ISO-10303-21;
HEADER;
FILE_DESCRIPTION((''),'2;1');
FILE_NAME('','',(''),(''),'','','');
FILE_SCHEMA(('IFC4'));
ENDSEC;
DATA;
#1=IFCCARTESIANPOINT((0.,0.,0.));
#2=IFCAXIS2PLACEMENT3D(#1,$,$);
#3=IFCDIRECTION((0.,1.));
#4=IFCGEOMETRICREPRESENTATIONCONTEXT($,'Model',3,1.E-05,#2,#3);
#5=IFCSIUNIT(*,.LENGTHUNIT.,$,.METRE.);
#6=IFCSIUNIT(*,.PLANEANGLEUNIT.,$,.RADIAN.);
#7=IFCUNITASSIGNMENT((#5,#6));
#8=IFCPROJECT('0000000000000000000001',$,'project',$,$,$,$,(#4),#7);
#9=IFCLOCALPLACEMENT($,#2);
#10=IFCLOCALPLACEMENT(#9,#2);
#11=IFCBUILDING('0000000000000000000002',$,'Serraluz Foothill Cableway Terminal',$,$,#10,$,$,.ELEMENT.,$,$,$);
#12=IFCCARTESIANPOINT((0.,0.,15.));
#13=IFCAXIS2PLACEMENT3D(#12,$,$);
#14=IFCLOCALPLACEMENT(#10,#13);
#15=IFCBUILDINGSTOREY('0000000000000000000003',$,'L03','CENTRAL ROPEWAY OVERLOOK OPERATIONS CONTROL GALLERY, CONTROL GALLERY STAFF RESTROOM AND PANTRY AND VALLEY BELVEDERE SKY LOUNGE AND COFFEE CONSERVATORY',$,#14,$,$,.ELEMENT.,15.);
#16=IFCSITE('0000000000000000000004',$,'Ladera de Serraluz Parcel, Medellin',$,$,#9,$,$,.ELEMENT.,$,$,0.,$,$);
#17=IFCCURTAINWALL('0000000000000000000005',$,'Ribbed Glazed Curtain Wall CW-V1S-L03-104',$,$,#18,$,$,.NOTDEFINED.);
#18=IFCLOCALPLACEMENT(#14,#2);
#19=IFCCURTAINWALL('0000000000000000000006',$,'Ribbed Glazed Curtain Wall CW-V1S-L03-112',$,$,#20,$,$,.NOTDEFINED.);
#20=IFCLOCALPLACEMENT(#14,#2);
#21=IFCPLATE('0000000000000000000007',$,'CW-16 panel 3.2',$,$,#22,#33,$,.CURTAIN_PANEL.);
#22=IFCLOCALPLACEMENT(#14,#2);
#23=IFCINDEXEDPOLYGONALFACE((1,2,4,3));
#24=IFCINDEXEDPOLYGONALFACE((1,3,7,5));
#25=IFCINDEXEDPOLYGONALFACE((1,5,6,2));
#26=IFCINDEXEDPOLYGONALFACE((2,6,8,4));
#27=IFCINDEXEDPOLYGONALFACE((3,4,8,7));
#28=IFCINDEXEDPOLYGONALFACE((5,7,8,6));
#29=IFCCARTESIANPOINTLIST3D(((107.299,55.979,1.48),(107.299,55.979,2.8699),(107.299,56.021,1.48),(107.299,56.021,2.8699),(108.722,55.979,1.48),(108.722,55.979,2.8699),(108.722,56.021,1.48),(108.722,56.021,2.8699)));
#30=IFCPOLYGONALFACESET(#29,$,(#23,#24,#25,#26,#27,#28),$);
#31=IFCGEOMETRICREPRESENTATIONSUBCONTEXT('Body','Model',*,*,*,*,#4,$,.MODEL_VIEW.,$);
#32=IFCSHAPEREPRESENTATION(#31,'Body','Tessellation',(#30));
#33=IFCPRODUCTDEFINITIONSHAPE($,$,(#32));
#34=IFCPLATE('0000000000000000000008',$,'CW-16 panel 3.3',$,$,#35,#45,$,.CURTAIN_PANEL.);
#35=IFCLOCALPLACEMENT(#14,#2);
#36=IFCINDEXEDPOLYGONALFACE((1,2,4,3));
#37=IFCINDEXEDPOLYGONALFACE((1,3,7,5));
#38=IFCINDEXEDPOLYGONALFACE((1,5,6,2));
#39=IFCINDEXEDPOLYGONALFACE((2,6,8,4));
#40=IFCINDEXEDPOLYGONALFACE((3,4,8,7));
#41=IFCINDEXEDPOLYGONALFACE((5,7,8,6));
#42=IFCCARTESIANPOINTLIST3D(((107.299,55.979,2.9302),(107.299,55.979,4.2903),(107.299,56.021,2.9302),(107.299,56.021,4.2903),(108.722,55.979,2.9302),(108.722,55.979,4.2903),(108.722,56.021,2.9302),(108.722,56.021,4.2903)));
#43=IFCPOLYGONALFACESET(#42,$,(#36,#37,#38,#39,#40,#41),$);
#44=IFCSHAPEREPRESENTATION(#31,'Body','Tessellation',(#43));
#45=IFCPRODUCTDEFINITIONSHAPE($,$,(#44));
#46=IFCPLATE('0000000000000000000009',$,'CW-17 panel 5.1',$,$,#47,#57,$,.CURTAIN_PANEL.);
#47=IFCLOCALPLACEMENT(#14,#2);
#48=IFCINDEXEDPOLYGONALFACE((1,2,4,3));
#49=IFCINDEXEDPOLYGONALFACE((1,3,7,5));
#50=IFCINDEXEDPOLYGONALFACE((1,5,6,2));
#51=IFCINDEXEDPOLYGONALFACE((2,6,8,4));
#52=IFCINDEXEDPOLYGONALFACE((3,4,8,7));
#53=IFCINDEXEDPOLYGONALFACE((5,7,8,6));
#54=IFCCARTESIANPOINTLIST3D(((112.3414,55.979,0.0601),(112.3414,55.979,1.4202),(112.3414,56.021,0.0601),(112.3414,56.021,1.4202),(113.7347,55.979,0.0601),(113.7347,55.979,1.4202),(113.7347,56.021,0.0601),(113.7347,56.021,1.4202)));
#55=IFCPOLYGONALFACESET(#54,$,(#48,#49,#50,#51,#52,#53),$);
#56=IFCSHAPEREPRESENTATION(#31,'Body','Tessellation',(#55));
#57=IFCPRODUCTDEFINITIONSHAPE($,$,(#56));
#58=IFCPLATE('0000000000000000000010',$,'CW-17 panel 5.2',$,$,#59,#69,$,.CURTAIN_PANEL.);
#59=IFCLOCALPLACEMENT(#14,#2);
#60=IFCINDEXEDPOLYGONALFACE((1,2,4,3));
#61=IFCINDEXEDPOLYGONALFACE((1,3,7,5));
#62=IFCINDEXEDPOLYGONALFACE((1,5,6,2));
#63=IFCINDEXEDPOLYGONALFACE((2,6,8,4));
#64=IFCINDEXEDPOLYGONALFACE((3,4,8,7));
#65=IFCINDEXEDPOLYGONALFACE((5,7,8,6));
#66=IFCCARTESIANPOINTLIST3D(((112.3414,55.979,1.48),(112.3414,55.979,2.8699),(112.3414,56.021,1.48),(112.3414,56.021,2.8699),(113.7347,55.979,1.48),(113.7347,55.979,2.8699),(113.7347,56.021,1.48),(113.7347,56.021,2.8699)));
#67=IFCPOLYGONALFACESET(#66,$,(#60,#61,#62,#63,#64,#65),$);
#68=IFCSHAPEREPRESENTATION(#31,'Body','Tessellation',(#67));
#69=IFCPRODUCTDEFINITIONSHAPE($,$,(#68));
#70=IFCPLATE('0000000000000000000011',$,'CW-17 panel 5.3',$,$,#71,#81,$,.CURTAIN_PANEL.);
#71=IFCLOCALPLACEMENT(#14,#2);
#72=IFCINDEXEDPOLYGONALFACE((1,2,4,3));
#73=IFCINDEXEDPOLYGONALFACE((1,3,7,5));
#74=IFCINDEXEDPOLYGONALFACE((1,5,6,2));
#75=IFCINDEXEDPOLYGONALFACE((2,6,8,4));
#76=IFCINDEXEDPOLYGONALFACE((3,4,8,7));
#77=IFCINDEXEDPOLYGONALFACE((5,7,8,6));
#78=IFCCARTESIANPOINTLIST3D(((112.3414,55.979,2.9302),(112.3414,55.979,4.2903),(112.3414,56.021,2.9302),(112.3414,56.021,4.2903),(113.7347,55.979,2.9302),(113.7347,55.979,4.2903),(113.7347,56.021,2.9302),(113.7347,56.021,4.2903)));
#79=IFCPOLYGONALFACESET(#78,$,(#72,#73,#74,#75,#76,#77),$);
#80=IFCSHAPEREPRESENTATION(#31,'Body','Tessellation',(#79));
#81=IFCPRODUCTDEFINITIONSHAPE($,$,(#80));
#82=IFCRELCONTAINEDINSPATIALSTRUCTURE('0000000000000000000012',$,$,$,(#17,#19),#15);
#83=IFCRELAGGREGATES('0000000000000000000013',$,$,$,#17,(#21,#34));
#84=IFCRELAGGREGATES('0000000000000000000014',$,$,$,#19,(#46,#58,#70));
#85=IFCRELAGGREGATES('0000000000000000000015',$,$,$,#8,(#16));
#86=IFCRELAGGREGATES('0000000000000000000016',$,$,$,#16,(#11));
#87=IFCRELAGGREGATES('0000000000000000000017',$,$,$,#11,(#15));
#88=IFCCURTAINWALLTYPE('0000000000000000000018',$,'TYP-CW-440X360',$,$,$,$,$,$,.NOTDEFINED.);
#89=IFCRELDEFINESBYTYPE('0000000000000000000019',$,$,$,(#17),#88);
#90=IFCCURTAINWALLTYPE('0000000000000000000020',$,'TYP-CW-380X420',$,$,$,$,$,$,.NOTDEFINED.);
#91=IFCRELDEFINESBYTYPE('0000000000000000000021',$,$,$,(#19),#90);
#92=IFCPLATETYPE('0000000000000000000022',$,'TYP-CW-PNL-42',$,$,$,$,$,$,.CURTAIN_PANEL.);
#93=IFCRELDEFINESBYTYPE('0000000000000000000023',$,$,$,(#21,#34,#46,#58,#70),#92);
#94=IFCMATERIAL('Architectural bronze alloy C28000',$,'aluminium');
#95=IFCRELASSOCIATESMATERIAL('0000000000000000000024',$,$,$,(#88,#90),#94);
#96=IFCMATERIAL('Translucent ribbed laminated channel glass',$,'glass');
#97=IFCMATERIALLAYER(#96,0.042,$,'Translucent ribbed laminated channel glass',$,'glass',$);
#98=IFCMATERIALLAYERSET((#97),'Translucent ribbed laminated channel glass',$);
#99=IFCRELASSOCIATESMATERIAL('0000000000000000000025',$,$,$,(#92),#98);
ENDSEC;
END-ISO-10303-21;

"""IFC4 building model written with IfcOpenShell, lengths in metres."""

from ifc_helpers import new_model, si_unit, direction, frame, origin, origin_2d, place, context, subcontext, project, spatial, rectangle, extrude, material, layer, layer_set, type_object, element, aggregate, save


model = new_model("IFC4")

# Units and contexts
model_context = context("Model", 3, precision=1e-05, world=origin(), true_north=direction((0.0, 1.0)))
body_context = subcontext(model_context, "Body", "Model", "MODEL_VIEW")
ifc_project = project(units=[si_unit("LENGTHUNIT", "METRE"), si_unit("PLANEANGLEUNIT", "RADIAN")], contexts=[model_context])

# Site, building, storey
site_placement = place(None, origin())
site = spatial("IfcSite", under=ifc_project, at=site_placement, Name="Ladera de Serraluz Parcel, Medellin", CompositionType="ELEMENT", RefElevation=0.0)
building_placement = place(site_placement, origin())
building = spatial("IfcBuilding", under=site, at=building_placement, Name="Serraluz Foothill Cableway Terminal", CompositionType="ELEMENT")
storey_placement = place(building_placement, frame((0.0, 0.0, 15.0)))
storey = spatial("IfcBuildingStorey", under=building, at=storey_placement, Name="L03", Description="CENTRAL ROPEWAY OVERLOOK OPERATIONS CONTROL GALLERY, CONTROL GALLERY STAFF RESTROOM AND PANTRY AND VALLEY BELVEDERE SKY LOUNGE AND COFFEE CONSERVATORY", CompositionType="ELEMENT", Elevation=15.0)

# Curtain wall
ifc_material_1 = material(Name="Architectural bronze alloy C28000", Category="aluminium")
curtain_wall_type_1 = type_object("IfcCurtainWallType", Name="TYP-CW-440X360", PredefinedType="NOTDEFINED", material=ifc_material_1)
curtain_wall_1_placement = place(storey_placement, origin())
curtain_wall_1 = element("IfcCurtainWall", 1, at=curtain_wall_1_placement, inside=storey, type_object=curtain_wall_type_1, Name="Ribbed Glazed Curtain Wall CW-V1S-L03-104", PredefinedType="NOTDEFINED")

# Curtain wall
curtain_wall_type_2 = type_object("IfcCurtainWallType", Name="TYP-CW-380X420", PredefinedType="NOTDEFINED", material=ifc_material_1)
curtain_wall_2_placement = place(storey_placement, origin())
curtain_wall_2 = element("IfcCurtainWall", 2, at=curtain_wall_2_placement, inside=storey, type_object=curtain_wall_type_2, Name="Ribbed Glazed Curtain Wall CW-V1S-L03-112", PredefinedType="NOTDEFINED")

# Plates
ifc_material_2 = material(Name="Translucent ribbed laminated channel glass", Category="glass")
ifc_layer = layer(ifc_material_2, 0.042, Name="Translucent ribbed laminated channel glass", Category="glass")
ifc_layer_set = layer_set([ifc_layer], Name="Translucent ribbed laminated channel glass")
plate_type = type_object("IfcPlateType", Name="TYP-CW-PNL-42", PredefinedType="CURTAIN_PANEL", material=ifc_layer_set)
plate_1_placement = place(storey_placement, frame((108.0105, 56.0, 1.48), z_axis=(0.0, 0.0, 1.0), x_axis=(-1.0, 0.0, 0.0)))
plate_1 = element("IfcPlate", 3, at=plate_1_placement, type_object=plate_type, Name="CW-16 panel 3.2", PredefinedType="CURTAIN_PANEL", context=body_context, shape_type="SweptSolid", body=[
    extrude(rectangle(XDim=1.4231, YDim=0.042, at=origin_2d()), origin(), (0.0, 0.0, 1.0), 1.3899),
])
plate_2_placement = place(storey_placement, frame((108.0105, 56.0, 2.9302), z_axis=(0.0, 0.0, 1.0), x_axis=(-1.0, 0.0, 0.0)))
plate_2 = element("IfcPlate", 4, at=plate_2_placement, type_object=plate_type, Name="CW-16 panel 3.3", PredefinedType="CURTAIN_PANEL", context=body_context, shape_type="SweptSolid", body=[
    extrude(rectangle(XDim=1.4231, YDim=0.042, at=origin_2d()), origin(), (0.0, 0.0, 1.0), 1.3601),
])
aggregate(curtain_wall_1, [plate_1, plate_2])
plate_3_placement = place(storey_placement, frame((113.0381, 56.0, 0.0601), z_axis=(0.0, 0.0, 1.0), x_axis=(-1.0, 0.0, 0.0)))
plate_3 = element("IfcPlate", 5, at=plate_3_placement, type_object=plate_type, Name="CW-17 panel 5.1", PredefinedType="CURTAIN_PANEL", context=body_context, shape_type="SweptSolid", body=[
    extrude(rectangle(XDim=1.3933, YDim=0.042, at=origin_2d()), origin(), (0.0, 0.0, 1.0), 1.3601),
])
plate_4_placement = place(storey_placement, frame((113.0381, 56.0, 1.48), z_axis=(0.0, 0.0, 1.0), x_axis=(-1.0, 0.0, 0.0)))
plate_4 = element("IfcPlate", 6, at=plate_4_placement, type_object=plate_type, Name="CW-17 panel 5.2", PredefinedType="CURTAIN_PANEL", context=body_context, shape_type="SweptSolid", body=[
    extrude(rectangle(XDim=1.3933, YDim=0.042, at=origin_2d()), origin(), (0.0, 0.0, 1.0), 1.3899),
])
plate_5_placement = place(storey_placement, frame((113.0381, 56.0, 2.9302), z_axis=(0.0, 0.0, 1.0), x_axis=(-1.0, 0.0, 0.0)))
plate_5 = element("IfcPlate", 7, at=plate_5_placement, type_object=plate_type, Name="CW-17 panel 5.3", PredefinedType="CURTAIN_PANEL", context=body_context, shape_type="SweptSolid", body=[
    extrude(rectangle(XDim=1.3933, YDim=0.042, at=origin_2d()), origin(), (0.0, 0.0, 1.0), 1.3601),
])
aggregate(curtain_wall_2, [plate_3, plate_4, plate_5])

save(model, "model.ifc")
